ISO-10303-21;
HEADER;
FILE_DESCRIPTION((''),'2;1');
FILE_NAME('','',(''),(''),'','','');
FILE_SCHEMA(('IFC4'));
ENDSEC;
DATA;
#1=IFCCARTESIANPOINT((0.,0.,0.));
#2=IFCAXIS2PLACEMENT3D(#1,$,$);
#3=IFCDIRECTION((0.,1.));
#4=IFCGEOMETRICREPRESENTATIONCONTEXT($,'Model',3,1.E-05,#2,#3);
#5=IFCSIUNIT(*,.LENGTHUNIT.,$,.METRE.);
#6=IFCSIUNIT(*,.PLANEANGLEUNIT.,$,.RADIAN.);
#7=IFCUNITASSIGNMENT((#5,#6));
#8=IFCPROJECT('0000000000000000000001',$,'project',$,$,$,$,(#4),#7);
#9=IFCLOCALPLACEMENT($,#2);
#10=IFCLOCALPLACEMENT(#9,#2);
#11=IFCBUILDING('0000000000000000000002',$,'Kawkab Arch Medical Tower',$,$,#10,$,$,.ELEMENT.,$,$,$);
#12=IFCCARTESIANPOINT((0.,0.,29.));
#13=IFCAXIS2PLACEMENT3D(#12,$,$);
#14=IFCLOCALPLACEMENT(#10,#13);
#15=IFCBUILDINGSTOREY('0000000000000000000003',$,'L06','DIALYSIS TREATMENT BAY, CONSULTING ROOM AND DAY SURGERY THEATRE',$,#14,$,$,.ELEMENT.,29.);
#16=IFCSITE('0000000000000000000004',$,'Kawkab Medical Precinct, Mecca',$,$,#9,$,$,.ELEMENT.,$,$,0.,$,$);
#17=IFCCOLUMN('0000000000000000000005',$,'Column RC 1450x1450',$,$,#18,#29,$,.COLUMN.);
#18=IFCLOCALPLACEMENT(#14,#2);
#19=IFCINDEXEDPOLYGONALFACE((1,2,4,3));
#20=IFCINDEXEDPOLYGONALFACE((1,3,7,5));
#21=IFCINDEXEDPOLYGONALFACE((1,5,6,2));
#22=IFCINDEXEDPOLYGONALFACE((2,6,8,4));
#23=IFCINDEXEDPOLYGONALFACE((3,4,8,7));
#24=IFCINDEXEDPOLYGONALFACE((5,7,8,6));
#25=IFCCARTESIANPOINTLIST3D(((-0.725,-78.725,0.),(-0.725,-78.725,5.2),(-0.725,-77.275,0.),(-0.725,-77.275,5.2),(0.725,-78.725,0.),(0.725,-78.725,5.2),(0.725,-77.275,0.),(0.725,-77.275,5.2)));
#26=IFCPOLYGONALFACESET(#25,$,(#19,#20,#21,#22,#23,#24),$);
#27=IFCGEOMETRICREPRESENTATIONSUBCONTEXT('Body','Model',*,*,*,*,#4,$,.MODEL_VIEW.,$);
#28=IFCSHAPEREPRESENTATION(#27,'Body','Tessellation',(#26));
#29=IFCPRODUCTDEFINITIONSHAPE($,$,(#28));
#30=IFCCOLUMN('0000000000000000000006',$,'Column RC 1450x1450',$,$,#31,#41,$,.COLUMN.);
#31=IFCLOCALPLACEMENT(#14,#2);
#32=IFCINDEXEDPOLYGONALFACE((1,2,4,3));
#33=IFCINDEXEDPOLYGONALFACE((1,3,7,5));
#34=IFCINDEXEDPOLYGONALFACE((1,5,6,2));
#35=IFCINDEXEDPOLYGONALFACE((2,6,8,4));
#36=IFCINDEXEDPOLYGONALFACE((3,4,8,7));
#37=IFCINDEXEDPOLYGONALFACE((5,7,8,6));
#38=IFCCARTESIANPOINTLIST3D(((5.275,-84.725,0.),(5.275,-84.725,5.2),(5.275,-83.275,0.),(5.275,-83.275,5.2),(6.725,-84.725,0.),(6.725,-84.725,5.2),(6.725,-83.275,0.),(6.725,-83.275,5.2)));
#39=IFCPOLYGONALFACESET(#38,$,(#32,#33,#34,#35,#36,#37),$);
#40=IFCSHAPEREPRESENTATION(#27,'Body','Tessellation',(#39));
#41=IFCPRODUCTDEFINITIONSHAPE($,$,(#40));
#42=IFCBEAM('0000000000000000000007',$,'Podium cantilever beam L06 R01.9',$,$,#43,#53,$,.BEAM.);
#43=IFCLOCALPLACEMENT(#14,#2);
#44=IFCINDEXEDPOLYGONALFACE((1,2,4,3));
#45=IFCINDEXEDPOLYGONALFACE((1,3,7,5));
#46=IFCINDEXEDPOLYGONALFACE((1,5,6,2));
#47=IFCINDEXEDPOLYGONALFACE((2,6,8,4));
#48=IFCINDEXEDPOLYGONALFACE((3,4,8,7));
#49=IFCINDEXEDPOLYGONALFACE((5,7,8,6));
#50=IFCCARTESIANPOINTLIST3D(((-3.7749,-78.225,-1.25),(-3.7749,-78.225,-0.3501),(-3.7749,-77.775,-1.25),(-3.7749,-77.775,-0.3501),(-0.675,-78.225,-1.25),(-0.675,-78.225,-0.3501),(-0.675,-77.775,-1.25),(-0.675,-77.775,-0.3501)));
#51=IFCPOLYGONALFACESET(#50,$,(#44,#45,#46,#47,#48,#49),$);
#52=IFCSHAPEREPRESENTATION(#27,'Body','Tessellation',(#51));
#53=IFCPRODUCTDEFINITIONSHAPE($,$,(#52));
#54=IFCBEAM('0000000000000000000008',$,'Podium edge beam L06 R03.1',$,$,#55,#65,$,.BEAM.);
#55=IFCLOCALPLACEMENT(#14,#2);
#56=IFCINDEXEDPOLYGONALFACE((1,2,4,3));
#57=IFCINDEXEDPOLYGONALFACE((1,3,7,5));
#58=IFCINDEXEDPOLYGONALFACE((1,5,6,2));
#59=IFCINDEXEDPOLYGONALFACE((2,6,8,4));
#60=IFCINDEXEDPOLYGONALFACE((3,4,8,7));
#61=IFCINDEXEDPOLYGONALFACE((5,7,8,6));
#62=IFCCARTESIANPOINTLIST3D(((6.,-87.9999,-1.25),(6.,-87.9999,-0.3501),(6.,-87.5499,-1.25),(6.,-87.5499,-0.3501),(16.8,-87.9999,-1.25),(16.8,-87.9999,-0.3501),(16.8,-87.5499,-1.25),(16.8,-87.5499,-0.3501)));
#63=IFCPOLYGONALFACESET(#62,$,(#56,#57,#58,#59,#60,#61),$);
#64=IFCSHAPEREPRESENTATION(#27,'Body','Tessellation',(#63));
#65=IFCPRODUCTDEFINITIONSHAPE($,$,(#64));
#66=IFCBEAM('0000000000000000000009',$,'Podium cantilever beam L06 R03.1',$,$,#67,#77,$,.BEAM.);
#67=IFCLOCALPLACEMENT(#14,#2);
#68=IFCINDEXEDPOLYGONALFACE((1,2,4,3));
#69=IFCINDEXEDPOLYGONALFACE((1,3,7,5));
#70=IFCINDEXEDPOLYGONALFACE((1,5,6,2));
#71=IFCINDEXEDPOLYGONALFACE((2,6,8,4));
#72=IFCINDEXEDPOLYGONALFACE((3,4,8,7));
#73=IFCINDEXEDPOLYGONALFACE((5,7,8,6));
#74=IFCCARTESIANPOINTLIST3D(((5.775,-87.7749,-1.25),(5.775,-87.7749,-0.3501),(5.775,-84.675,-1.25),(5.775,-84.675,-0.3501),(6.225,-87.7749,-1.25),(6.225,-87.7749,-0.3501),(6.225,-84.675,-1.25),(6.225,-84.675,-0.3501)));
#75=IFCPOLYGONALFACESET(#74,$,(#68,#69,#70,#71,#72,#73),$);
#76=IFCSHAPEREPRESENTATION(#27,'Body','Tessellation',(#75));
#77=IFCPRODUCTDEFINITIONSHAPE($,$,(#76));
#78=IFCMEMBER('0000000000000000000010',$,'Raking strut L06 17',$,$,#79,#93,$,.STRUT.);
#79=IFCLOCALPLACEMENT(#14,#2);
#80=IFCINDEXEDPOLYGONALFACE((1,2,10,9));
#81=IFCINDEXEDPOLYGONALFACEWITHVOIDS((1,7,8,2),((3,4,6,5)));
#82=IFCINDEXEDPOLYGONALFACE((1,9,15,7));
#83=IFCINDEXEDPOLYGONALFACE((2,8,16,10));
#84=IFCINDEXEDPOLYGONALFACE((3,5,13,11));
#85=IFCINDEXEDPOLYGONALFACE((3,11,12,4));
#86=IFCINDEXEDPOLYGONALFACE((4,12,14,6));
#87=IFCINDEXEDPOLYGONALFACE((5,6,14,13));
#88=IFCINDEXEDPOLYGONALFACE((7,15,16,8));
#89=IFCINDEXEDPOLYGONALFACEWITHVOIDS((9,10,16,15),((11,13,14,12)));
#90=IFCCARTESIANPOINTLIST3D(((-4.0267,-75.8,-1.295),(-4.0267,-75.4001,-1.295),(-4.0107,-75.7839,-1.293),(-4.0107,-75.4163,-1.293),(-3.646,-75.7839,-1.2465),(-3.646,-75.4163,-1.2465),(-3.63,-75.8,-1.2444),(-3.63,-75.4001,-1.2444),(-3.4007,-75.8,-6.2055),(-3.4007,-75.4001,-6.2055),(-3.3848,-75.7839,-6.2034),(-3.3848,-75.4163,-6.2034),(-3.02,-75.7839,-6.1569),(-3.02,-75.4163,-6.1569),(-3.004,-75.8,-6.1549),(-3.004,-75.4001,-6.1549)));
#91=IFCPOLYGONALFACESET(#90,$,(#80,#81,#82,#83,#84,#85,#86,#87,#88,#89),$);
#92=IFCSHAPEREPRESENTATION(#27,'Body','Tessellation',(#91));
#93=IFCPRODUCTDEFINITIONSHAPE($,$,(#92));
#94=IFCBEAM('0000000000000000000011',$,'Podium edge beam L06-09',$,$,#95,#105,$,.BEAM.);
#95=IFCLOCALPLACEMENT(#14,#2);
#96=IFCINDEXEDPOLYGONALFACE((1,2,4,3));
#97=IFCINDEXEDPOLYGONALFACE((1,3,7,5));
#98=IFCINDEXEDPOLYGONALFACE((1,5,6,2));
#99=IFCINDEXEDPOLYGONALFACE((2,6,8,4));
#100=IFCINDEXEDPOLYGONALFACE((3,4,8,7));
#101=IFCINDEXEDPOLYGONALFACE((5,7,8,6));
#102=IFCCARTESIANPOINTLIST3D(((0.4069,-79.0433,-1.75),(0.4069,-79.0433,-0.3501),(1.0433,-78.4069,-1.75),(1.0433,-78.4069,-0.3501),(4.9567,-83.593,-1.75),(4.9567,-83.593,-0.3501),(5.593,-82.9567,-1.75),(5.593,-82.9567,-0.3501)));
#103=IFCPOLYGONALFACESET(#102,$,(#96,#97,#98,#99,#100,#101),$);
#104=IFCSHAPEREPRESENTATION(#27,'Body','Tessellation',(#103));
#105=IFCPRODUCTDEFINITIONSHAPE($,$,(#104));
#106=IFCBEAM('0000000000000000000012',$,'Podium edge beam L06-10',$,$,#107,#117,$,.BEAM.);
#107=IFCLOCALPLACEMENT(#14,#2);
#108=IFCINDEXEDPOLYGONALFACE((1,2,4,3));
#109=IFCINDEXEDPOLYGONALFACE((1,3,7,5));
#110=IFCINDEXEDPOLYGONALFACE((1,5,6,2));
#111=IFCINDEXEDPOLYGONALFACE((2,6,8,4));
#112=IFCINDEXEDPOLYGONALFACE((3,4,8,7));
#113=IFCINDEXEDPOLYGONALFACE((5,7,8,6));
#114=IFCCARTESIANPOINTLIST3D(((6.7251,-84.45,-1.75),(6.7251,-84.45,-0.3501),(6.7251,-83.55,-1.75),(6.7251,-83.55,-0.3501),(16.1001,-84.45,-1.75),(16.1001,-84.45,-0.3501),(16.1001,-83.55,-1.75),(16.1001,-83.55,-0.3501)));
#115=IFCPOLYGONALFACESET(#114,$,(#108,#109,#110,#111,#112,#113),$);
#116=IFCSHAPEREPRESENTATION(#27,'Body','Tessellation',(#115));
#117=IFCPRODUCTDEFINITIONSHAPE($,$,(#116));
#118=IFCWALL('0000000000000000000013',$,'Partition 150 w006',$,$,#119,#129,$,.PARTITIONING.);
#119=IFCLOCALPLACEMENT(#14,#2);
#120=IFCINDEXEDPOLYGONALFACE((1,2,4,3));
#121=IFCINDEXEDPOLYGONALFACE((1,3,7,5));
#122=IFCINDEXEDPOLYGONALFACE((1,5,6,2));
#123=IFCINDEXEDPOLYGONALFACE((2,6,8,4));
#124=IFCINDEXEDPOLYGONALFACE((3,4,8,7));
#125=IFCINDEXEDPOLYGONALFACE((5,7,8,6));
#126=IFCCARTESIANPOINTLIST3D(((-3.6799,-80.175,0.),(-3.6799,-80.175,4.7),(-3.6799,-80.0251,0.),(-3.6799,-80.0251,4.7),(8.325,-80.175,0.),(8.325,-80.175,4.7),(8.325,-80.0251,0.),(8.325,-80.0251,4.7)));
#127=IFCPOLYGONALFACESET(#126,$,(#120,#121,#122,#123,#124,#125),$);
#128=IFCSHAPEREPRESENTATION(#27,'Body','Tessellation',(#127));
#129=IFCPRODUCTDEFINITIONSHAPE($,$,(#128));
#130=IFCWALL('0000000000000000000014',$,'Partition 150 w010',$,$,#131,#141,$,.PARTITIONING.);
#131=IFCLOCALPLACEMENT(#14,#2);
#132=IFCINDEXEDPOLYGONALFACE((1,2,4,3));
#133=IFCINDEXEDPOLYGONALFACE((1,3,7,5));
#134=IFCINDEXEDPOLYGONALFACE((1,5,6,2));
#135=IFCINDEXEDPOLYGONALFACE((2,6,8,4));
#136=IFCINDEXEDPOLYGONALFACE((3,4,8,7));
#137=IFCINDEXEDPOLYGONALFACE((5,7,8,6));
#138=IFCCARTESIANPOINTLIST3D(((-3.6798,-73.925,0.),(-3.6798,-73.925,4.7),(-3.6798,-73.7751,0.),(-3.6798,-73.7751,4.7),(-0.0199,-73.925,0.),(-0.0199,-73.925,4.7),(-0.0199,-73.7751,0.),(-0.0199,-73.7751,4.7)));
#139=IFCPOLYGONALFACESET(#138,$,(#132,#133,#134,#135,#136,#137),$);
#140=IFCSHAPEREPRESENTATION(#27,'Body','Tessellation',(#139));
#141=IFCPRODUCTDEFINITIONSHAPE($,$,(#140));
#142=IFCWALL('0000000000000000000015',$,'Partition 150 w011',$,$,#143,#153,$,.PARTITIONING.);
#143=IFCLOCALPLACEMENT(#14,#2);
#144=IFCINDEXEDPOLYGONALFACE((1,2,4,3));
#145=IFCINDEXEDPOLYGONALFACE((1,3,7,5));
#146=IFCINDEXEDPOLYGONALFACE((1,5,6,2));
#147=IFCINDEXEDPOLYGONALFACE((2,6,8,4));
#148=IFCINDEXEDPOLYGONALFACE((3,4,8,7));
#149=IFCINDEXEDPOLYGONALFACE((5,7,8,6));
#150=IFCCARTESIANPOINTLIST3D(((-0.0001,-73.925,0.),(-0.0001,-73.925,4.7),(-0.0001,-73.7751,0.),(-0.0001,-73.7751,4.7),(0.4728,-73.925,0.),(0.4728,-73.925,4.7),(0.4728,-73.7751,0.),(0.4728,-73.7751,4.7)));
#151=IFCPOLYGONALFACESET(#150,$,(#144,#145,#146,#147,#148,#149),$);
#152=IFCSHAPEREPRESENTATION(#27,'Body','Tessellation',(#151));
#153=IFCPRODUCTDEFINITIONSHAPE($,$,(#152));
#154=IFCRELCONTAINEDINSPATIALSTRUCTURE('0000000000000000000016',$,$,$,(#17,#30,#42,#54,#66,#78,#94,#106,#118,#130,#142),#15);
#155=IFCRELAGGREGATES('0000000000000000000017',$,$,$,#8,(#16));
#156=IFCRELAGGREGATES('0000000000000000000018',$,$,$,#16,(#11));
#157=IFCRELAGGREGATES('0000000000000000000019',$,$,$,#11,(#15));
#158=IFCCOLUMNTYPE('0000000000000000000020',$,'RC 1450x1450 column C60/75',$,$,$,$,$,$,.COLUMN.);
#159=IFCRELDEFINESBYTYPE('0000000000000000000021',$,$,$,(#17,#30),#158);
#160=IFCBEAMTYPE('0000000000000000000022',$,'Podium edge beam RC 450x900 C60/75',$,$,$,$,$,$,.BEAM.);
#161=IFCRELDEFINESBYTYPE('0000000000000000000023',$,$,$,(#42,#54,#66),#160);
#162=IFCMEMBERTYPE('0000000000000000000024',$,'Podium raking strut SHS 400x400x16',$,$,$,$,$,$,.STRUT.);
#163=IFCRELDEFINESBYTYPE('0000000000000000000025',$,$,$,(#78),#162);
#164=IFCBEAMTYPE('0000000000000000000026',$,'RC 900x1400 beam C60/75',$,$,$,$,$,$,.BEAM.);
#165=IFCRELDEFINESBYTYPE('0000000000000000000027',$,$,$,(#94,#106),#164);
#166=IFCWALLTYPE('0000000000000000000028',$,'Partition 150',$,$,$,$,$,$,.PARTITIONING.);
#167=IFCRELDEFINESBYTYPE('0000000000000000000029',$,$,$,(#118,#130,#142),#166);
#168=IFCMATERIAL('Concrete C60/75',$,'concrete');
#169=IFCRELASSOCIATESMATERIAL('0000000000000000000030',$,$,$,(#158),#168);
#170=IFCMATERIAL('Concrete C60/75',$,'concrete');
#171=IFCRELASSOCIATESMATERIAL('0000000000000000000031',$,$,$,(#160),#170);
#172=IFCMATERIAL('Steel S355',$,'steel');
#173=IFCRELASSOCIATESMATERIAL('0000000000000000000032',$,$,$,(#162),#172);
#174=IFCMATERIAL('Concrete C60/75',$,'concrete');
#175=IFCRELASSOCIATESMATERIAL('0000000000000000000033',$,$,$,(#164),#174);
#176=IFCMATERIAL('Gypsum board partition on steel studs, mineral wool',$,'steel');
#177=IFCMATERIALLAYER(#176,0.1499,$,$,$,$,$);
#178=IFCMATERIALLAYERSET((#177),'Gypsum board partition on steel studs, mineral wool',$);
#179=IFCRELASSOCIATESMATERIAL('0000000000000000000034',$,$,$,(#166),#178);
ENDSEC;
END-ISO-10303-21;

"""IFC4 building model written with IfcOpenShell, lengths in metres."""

from ifc_helpers import new_model, si_unit, direction, frame, frame_2d, origin, origin_2d, place, context, subcontext, project, spatial, rectangle, hollow_rectangle, extrude, material, layer, layer_set, material_profile, profile_set, type_object, element, save


model = new_model("IFC4")

# Units and contexts
model_context = context("Model", 3, precision=1e-05, world=origin(), true_north=direction((0.0, 1.0)))
body_context = subcontext(model_context, "Body", "Model", "MODEL_VIEW")
ifc_project = project(units=[si_unit("LENGTHUNIT", "METRE"), si_unit("PLANEANGLEUNIT", "RADIAN")], contexts=[model_context])

# Site, building, storey
site_placement = place(None, origin())
site = spatial("IfcSite", under=ifc_project, at=site_placement, Name="Kawkab Medical Precinct, Mecca", CompositionType="ELEMENT", RefElevation=0.0)
building_placement = place(site_placement, origin())
building = spatial("IfcBuilding", under=site, at=building_placement, Name="Kawkab Arch Medical Tower", CompositionType="ELEMENT")
storey_placement = place(building_placement, frame((0.0, 0.0, 29.0)))
storey = spatial("IfcBuildingStorey", under=building, at=storey_placement, Name="L06", Description="DIALYSIS TREATMENT BAY, CONSULTING ROOM AND DAY SURGERY THEATRE", CompositionType="ELEMENT", Elevation=29.0)

# Columns
ifc_material_1 = material(Name="Concrete C60/75", Category="concrete")
ifc_material_profile_1 = material_profile(ifc_material_1, rectangle(XDim=1.45, YDim=1.45, at=origin_2d()), Name="RC 1450x1450")
ifc_profile_set_1 = profile_set([ifc_material_profile_1], Name="Concrete C60/75")
column_type = type_object("IfcColumnType", Name="RC 1450x1450 column C60/75", PredefinedType="COLUMN", material=ifc_profile_set_1)
for number, where, z_axis, x_axis, name in (
    (1, (0.0, -78.0, 0.0), (0.0, 0.0, 1.0), (1.0, 0.0, 0.0), "Column RC 1450x1450"),
    (2, (6.0, -84.0, 0.0), (0.0, 0.0, 1.0), (1.0, 0.0, 0.0), "Column RC 1450x1450"),
):
    element("IfcColumn", number, at=place(storey_placement, frame(where, z_axis=z_axis, x_axis=x_axis)), inside=storey, type_object=column_type, Name=name, PredefinedType="COLUMN", context=body_context, shape_type="SweptSolid", body=[
        extrude(rectangle(XDim=1.45, YDim=1.45, at=origin_2d()), origin(), (0.0, 0.0, 1.0), 5.2),
    ])

# Beams
ifc_material_2 = material(Name="Concrete C60/75", Category="concrete")
ifc_material_profile_2 = material_profile(ifc_material_2, rectangle(XDim=0.45, YDim=0.8999, at=origin_2d()), Name="RC 450x900")
ifc_profile_set_2 = profile_set([ifc_material_profile_2], Name="Concrete C60/75")
beam_type_1 = type_object("IfcBeamType", Name="Podium edge beam RC 450x900 C60/75", PredefinedType="BEAM", material=ifc_profile_set_2)
beam_1_placement = place(storey_placement, frame((-0.675, -78.0, -0.8), z_axis=(-1.0, 0.0, 0.0), x_axis=(0.0, -1.0, 0.0)))
element("IfcBeam", 3, at=beam_1_placement, inside=storey, type_object=beam_type_1, Name="Podium cantilever beam L06 R01.9", PredefinedType="BEAM", context=body_context, shape_type="SweptSolid", body=[
    extrude(rectangle(XDim=0.45, YDim=0.8999, at=origin_2d()), origin(), (0.0, 0.0, 1.0), 3.0999),
])
beam_2_placement = place(storey_placement, frame((6.0, -87.7749, -0.8), z_axis=(1.0, 0.0, 0.0), x_axis=(0.0, 1.0, 0.0)))
element("IfcBeam", 4, at=beam_2_placement, inside=storey, type_object=beam_type_1, Name="Podium edge beam L06 R03.1", PredefinedType="BEAM", context=body_context, shape_type="SweptSolid", body=[
    extrude(rectangle(XDim=0.45, YDim=0.8999, at=origin_2d()), origin(), (0.0, 0.0, 1.0), 10.8),
])
beam_3_placement = place(storey_placement, frame((6.0, -84.675, -0.8), z_axis=(0.0, -1.0, 0.0), x_axis=(1.0, 0.0, 0.0)))
element("IfcBeam", 5, at=beam_3_placement, inside=storey, type_object=beam_type_1, Name="Podium cantilever beam L06 R03.1", PredefinedType="BEAM", context=body_context, shape_type="SweptSolid", body=[
    extrude(rectangle(XDim=0.45, YDim=0.8999, at=origin_2d()), origin(), (0.0, 0.0, 1.0), 3.0999),
])

# Member
ifc_material_3 = material(Name="Steel S355", Category="steel")
ifc_material_profile_3 = material_profile(ifc_material_3, hollow_rectangle(XDim=0.3999, YDim=0.3999, WallThickness=0.0161, at=origin_2d()), Name="SHS 400x400x16")
ifc_profile_set_3 = profile_set([ifc_material_profile_3], Name="Steel S355")
member_type = type_object("IfcMemberType", Name="Podium raking strut SHS 400x400x16", PredefinedType="STRUT", material=ifc_profile_set_3)
member_placement = place(storey_placement, frame((-3.2024, -75.6001, -6.1802), z_axis=(-0.126456, 0.0, 0.991972), x_axis=(0.0, -1.0, 0.0)))
element("IfcMember", 6, at=member_placement, inside=storey, type_object=member_type, Name="Raking strut L06 17", PredefinedType="STRUT", context=body_context, shape_type="SweptSolid", body=[
    extrude(hollow_rectangle(XDim=0.3999, YDim=0.3999, WallThickness=0.0161, at=origin_2d()), origin(), (0.0, 0.0, 1.0), 4.9502),
])

# Beams
ifc_material_4 = material(Name="Concrete C60/75", Category="concrete")
ifc_material_profile_4 = material_profile(ifc_material_4, rectangle(XDim=0.8999, YDim=1.3999, at=origin_2d()), Name="RC 900x1400")
ifc_profile_set_4 = profile_set([ifc_material_profile_4], Name="Concrete C60/75")
beam_type_2 = type_object("IfcBeamType", Name="RC 900x1400 beam C60/75", PredefinedType="BEAM", material=ifc_profile_set_4)
beam_4_placement = place(storey_placement, frame((0.7251, -78.7251, -1.05), z_axis=(0.707107, -0.707107, 0.0), x_axis=(0.707107, 0.707107, 0.0)))
element("IfcBeam", 7, at=beam_4_placement, inside=storey, type_object=beam_type_2, Name="Podium edge beam L06-09", PredefinedType="BEAM", context=body_context, shape_type="SweptSolid", body=[
    extrude(rectangle(XDim=0.8999, YDim=1.3999, at=origin_2d()), origin(), (0.0, 0.0, 1.0), 6.4343),
])
beam_5_placement = place(storey_placement, frame((6.7251, -84.0, -1.05), z_axis=(1.0, 0.0, 0.0), x_axis=(0.0, 1.0, 0.0)))
element("IfcBeam", 8, at=beam_5_placement, inside=storey, type_object=beam_type_2, Name="Podium edge beam L06-10", PredefinedType="BEAM", context=body_context, shape_type="SweptSolid", body=[
    extrude(rectangle(XDim=0.8999, YDim=1.3999, at=origin_2d()), origin(), (0.0, 0.0, 1.0), 9.375),
])

# Walls
ifc_material_5 = material(Name="Gypsum board partition on steel studs, mineral wool", Category="steel")
ifc_layer_1 = layer(ifc_material_5, 0.1499)
ifc_layer_set_1 = layer_set([ifc_layer_1], Name="Gypsum board partition on steel studs, mineral wool")
wall_type_1 = type_object("IfcWallType", Name="Partition 150", PredefinedType="PARTITIONING", material=ifc_layer_set_1)
wall_1_placement = place(storey_placement, frame((-3.6799, -80.1001, 0.0), z_axis=(0.0, 0.0, 1.0), x_axis=(1.0, 0.0, 0.0)))
element("IfcWall", 9, at=wall_1_placement, inside=storey, type_object=wall_type_1, Name="Partition 150 w006", PredefinedType="PARTITIONING", context=body_context, shape_type="SweptSolid", body=[
    extrude(rectangle(XDim=12.0049, YDim=0.1499, at=frame_2d((6.0024, 0.0))), origin(), (0.0, 0.0, 1.0), 4.7),
])
wall_2_placement = place(storey_placement, frame((-3.6799, -73.8501, 0.0), z_axis=(0.0, 0.0, 1.0), x_axis=(1.0, 0.0, 0.0)))
element("IfcWall", 10, at=wall_2_placement, inside=storey, type_object=wall_type_1, Name="Partition 150 w010", PredefinedType="PARTITIONING", context=body_context, shape_type="SweptSolid", body=[
    extrude(rectangle(XDim=3.6599, YDim=0.1499, at=frame_2d((1.8301, 0.0))), origin(), (0.0, 0.0, 1.0), 4.7),
])
wall_3_placement = place(storey_placement, frame((0.0, -73.8501, 0.0), z_axis=(0.0, 0.0, 1.0), x_axis=(1.0, 0.0, 0.0)))
element("IfcWall", 11, at=wall_3_placement, inside=storey, type_object=wall_type_1, Name="Partition 150 w011", PredefinedType="PARTITIONING", context=body_context, shape_type="SweptSolid", body=[
    extrude(rectangle(XDim=0.4729, YDim=0.1499, at=frame_2d((0.2363, 0.0))), origin(), (0.0, 0.0, 1.0), 4.7),
])

save(model, "model.ifc")
